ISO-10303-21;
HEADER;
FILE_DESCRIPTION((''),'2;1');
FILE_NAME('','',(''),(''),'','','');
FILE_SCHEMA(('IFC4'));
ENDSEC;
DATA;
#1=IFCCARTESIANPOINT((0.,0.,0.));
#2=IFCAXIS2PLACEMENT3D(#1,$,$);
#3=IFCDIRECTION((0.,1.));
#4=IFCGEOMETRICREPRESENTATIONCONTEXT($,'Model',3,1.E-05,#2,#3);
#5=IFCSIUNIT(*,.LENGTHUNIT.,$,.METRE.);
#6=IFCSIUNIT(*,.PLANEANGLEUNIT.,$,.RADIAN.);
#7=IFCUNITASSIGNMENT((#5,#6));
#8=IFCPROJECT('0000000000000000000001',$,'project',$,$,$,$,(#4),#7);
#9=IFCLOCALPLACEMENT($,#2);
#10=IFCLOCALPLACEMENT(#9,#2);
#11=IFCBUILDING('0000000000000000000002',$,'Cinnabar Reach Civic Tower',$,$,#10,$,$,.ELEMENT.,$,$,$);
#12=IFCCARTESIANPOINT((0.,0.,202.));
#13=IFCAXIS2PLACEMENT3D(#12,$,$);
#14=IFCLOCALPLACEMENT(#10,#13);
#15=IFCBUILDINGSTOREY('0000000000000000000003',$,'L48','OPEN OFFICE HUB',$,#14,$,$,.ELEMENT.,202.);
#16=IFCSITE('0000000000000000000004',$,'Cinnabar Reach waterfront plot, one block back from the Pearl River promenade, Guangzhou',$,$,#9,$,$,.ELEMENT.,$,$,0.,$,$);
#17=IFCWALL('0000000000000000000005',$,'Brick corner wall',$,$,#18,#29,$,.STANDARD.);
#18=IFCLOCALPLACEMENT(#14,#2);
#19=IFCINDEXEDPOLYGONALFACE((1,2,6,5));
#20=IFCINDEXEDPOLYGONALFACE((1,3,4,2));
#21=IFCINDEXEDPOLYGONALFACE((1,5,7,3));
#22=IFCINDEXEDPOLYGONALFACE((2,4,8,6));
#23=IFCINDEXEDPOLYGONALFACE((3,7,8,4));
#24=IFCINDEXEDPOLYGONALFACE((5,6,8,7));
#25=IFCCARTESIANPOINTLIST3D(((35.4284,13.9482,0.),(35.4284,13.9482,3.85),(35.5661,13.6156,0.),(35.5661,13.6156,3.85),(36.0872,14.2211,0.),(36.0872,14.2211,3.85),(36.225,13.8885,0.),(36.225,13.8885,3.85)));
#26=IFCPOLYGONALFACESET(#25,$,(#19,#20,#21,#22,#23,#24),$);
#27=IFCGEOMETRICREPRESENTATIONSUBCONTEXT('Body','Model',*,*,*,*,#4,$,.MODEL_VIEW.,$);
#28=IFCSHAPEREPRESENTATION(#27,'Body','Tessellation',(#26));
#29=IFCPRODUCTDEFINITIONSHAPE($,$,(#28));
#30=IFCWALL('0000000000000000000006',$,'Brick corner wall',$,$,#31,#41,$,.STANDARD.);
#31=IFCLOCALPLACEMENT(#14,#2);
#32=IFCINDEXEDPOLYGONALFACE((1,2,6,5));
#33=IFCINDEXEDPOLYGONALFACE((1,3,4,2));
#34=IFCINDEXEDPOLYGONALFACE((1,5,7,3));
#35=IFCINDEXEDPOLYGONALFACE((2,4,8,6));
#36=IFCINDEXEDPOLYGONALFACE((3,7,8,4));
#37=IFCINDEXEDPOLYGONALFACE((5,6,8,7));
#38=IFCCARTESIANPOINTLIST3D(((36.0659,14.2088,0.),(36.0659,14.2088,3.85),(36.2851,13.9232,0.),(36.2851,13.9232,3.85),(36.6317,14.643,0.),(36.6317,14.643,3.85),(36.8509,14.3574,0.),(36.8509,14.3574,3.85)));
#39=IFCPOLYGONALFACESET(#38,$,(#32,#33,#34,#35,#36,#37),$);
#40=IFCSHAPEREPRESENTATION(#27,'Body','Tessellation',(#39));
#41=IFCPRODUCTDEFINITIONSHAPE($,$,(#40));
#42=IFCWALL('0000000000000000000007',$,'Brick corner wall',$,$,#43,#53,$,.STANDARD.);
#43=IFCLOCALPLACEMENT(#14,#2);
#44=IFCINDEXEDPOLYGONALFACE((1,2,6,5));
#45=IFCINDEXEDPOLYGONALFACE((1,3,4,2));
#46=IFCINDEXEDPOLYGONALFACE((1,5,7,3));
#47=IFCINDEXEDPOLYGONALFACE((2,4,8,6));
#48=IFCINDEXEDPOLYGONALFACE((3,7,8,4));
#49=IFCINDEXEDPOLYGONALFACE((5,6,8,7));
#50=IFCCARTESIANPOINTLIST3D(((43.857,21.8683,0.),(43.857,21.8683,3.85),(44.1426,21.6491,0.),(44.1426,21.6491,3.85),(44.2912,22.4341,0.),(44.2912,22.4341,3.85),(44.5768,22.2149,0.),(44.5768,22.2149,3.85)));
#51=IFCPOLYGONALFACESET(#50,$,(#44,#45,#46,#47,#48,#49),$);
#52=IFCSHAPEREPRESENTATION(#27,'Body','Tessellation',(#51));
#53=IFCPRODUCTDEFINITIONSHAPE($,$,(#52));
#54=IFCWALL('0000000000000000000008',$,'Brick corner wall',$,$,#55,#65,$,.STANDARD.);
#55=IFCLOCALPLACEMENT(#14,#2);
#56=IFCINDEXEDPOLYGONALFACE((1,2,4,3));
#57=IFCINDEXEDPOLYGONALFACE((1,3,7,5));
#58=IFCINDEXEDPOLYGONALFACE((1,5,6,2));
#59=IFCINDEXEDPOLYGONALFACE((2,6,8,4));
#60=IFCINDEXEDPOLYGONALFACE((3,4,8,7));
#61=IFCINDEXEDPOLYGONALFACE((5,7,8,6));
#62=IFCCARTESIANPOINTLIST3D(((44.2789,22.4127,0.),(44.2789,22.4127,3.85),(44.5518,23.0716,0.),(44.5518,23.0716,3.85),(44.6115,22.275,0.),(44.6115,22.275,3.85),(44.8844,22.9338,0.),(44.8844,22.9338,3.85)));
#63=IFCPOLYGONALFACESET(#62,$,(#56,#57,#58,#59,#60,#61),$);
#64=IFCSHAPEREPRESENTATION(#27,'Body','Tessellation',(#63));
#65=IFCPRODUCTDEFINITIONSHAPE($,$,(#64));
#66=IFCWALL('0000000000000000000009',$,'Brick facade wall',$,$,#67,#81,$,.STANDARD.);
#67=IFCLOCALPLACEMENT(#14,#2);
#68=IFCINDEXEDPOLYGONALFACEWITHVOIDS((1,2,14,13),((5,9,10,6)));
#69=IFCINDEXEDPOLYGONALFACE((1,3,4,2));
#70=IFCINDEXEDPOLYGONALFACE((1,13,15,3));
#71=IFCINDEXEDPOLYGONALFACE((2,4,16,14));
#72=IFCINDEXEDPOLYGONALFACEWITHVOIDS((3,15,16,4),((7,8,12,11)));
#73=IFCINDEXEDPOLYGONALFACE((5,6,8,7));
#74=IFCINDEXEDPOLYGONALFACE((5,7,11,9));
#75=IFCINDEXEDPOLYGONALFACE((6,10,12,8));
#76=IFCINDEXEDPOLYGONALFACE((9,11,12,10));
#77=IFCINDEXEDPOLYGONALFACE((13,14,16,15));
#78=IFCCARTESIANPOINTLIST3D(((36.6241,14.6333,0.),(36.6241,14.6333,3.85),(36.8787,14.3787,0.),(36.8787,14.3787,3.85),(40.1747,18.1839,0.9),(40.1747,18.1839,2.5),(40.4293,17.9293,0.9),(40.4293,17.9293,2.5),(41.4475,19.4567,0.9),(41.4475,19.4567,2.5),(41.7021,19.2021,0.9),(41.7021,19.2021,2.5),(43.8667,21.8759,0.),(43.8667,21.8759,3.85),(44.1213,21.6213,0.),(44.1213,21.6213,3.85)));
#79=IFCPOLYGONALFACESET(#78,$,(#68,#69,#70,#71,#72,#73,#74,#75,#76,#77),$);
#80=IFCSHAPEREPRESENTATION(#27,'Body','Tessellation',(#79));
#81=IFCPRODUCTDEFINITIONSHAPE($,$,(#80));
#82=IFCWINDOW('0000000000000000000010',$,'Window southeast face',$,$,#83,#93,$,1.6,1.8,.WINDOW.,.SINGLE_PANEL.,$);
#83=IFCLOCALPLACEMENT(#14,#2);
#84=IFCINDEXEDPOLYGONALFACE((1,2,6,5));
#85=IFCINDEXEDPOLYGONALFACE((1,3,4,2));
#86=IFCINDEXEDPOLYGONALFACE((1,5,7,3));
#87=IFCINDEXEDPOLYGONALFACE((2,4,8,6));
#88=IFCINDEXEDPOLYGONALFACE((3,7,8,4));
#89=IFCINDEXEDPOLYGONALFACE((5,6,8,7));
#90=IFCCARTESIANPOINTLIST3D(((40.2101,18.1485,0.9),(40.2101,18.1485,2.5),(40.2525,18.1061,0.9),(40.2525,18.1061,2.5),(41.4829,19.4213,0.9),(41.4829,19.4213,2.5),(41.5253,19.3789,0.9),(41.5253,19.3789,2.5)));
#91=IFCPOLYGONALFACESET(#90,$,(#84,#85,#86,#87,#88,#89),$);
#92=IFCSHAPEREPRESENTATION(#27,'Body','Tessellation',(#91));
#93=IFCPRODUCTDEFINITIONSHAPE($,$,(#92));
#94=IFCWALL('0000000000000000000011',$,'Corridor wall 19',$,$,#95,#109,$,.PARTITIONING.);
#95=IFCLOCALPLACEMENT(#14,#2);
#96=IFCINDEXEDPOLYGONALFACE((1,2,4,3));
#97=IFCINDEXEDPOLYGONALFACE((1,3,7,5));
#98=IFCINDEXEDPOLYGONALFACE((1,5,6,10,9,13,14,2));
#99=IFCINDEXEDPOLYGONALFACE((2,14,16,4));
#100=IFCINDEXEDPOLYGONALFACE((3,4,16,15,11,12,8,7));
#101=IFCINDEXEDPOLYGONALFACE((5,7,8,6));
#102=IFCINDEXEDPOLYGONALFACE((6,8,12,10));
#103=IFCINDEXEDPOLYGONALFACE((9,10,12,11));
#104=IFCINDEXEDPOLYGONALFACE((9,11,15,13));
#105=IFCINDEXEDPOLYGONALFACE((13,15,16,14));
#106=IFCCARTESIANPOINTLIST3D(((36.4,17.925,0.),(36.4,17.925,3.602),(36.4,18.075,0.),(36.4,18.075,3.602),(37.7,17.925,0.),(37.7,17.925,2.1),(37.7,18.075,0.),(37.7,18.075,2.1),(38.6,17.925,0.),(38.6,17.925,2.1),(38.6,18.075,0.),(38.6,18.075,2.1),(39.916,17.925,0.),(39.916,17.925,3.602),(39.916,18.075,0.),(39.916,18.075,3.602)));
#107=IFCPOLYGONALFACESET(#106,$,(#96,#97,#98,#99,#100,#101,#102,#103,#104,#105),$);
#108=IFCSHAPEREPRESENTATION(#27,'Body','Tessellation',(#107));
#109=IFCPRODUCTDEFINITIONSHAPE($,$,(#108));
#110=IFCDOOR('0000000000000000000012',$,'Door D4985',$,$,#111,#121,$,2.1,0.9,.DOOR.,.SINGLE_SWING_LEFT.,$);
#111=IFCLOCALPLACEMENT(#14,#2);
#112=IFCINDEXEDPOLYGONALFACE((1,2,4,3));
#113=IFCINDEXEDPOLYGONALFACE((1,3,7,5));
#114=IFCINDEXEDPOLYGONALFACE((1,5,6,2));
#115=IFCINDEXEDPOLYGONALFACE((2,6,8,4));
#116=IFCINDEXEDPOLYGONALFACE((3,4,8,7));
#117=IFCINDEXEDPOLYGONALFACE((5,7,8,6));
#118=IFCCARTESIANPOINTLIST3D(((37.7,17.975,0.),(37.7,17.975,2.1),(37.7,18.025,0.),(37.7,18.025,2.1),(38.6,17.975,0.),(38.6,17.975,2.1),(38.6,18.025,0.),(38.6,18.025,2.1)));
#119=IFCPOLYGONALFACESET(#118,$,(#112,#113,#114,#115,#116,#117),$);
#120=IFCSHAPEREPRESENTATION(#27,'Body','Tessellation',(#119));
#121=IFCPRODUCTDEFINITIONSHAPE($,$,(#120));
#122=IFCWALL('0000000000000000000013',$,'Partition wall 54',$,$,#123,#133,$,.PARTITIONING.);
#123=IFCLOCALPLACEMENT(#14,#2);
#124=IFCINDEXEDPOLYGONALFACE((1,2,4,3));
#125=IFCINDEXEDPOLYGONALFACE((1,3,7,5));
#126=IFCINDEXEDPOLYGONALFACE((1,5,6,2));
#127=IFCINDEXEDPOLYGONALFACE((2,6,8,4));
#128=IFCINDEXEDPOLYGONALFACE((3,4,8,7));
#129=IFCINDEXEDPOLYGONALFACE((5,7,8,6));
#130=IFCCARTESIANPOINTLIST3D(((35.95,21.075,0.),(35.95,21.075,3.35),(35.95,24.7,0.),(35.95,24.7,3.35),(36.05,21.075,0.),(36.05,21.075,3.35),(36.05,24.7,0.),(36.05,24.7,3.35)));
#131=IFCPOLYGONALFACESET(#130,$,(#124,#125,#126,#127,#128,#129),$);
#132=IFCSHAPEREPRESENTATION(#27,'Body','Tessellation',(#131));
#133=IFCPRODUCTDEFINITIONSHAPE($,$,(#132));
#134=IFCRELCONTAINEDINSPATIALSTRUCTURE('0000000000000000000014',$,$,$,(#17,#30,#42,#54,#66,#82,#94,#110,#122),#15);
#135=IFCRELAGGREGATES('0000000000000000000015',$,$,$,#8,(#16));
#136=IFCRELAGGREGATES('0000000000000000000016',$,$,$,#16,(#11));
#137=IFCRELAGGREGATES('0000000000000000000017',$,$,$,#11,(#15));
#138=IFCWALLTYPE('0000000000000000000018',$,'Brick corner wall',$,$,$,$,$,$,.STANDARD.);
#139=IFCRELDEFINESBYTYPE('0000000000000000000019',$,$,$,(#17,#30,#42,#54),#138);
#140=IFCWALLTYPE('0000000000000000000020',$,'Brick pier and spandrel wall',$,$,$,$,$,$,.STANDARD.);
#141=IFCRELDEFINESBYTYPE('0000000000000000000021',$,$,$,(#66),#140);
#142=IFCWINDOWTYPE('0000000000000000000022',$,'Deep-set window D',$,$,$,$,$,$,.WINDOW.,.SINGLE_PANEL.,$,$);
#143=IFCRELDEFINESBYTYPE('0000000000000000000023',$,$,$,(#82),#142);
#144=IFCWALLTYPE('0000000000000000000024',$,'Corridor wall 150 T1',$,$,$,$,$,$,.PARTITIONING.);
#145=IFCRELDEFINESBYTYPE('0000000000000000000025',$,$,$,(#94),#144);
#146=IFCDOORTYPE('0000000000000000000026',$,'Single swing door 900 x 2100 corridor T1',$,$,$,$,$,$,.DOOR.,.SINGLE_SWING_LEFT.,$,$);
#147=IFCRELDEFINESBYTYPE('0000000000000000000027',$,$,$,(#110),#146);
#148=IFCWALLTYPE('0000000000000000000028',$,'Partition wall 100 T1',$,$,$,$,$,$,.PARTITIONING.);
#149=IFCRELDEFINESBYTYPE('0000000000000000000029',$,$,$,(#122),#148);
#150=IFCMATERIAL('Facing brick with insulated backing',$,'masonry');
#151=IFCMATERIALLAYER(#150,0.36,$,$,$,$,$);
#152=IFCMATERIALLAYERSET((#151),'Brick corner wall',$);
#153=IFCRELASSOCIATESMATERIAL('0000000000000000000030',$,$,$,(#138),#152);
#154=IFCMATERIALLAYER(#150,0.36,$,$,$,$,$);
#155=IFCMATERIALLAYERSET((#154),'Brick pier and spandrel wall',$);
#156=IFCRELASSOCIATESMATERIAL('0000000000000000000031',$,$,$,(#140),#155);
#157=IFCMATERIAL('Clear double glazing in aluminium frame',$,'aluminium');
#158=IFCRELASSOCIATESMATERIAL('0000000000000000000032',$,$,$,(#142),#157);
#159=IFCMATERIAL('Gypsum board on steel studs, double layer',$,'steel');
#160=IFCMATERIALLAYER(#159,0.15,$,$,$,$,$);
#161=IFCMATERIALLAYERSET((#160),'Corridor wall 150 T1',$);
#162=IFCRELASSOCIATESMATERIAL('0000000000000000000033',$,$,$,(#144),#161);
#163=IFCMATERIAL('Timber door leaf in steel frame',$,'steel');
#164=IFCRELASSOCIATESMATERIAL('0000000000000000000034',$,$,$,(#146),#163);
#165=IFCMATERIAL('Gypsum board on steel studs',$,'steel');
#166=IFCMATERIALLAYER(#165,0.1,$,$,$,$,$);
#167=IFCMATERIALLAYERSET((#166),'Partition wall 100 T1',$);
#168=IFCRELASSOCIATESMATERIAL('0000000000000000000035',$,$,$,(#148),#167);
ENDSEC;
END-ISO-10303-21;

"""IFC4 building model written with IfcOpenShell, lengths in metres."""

from ifc_helpers import new_model, si_unit, direction, frame, frame_2d, origin, place, context, subcontext, project, spatial, rectangle, extrude, material, layer, layer_set, type_object, element, fill, save


model = new_model("IFC4")

# Units and contexts
model_context = context("Model", 3, precision=1e-05, world=origin(), true_north=direction((0.0, 1.0)))
body_context = subcontext(model_context, "Body", "Model", "MODEL_VIEW")
ifc_project = project(units=[si_unit("LENGTHUNIT", "METRE"), si_unit("PLANEANGLEUNIT", "RADIAN")], contexts=[model_context])

# Site, building, storey
site_placement = place(None, origin())
site = spatial("IfcSite", under=ifc_project, at=site_placement, Name="Cinnabar Reach waterfront plot, one block back from the Pearl River promenade, Guangzhou", CompositionType="ELEMENT", RefElevation=0.0)
building_placement = place(site_placement, origin())
building = spatial("IfcBuilding", under=site, at=building_placement, Name="Cinnabar Reach Civic Tower", CompositionType="ELEMENT")
storey_placement = place(building_placement, frame((0.0, 0.0, 202.0)))
storey = spatial("IfcBuildingStorey", under=building, at=storey_placement, Name="L48", Description="OPEN OFFICE HUB", CompositionType="ELEMENT", Elevation=202.0)

# Walls
ifc_material_1 = material(Name="Facing brick with insulated backing", Category="masonry")
ifc_layer_1 = layer(ifc_material_1, 0.36)
ifc_layer_set_1 = layer_set([ifc_layer_1], Name="Brick corner wall")
wall_type_1 = type_object("IfcWallType", Name="Brick corner wall", PredefinedType="STANDARD", material=ifc_layer_set_1)
wall_1_placement = place(storey_placement, frame((35.4973, 13.7819, 0.0), z_axis=(0.0, 0.0, 1.0), x_axis=(0.923872, 0.382703, 0.0)))
element("IfcWall", 1, at=wall_1_placement, inside=storey, type_object=wall_type_1, Name="Brick corner wall", PredefinedType="STANDARD", context=body_context, shape_type="SweptSolid", body=[
    extrude(rectangle(XDim=0.7131, YDim=0.36, at=frame_2d((0.3565, 0.0))), origin(), (0.0, 0.0, 1.0), 3.85),
])
for number, where, z_axis, x_axis, name in (
    (2, (36.1755, 14.066, 0.0), (0.0, 0.0, 1.0), (0.793322, 0.608802, 0.0), "Brick corner wall"),
    (3, (43.9998, 21.7587, 0.0), (0.0, 0.0, 1.0), (0.608802, 0.793322, 0.0), "Brick corner wall"),
):
    element("IfcWall", number, at=place(storey_placement, frame(where, z_axis=z_axis, x_axis=x_axis)), inside=storey, type_object=wall_type_1, Name=name, PredefinedType="STANDARD", context=body_context, shape_type="SweptSolid", body=[
        extrude(rectangle(XDim=0.7132, YDim=0.36, at=frame_2d((0.3566, 0.0))), origin(), (0.0, 0.0, 1.0), 3.85),
    ])
wall_2_placement = place(storey_placement, frame((44.4452, 22.3439, 0.0), z_axis=(0.0, 0.0, 1.0), x_axis=(0.382703, 0.923872, 0.0)))
element("IfcWall", 4, at=wall_2_placement, inside=storey, type_object=wall_type_1, Name="Brick corner wall", PredefinedType="STANDARD", context=body_context, shape_type="SweptSolid", body=[
    extrude(rectangle(XDim=0.7131, YDim=0.36, at=frame_2d((0.3565, 0.0))), origin(), (0.0, 0.0, 1.0), 3.85),
])

# Wall, opening, window
ifc_layer_2 = layer(ifc_material_1, 0.36)
ifc_layer_set_2 = layer_set([ifc_layer_2], Name="Brick pier and spandrel wall")
wall_type_2 = type_object("IfcWallType", Name="Brick pier and spandrel wall", PredefinedType="STANDARD", material=ifc_layer_set_2)
wall_3_placement = place(storey_placement, frame((36.7514, 14.506, 0.0), z_axis=(0.0, 0.0, 1.0), x_axis=(0.707107, 0.707107, 0.0)))
wall_3 = element("IfcWall", 5, at=wall_3_placement, inside=storey, type_object=wall_type_2, Name="Brick facade wall", PredefinedType="STANDARD", context=body_context, shape_type="SweptSolid", body=[
    extrude(rectangle(XDim=10.2426, YDim=0.36, at=frame_2d((5.1213, 0.0))), origin(), (0.0, 0.0, 1.0), 3.85),
])
opening_1_placement = place(wall_3_placement, frame((5.0213, 0.0, 0.9)))
opening_1 = element("IfcOpeningElement", 6, at=opening_1_placement, cuts=wall_3, PredefinedType="OPENING", context=body_context, shape_type="SweptSolid", body=[
    extrude(rectangle(XDim=1.8, YDim=1.6, at=frame_2d((0.9, 0.8))), frame((0.0, 0.19, 0.0), z_axis=(0.0, -1.0, 0.0), x_axis=(1.0, 0.0, 0.0)), (0.0, 0.0, 1.0), 0.38),
])
ifc_material_2 = material(Name="Clear double glazing in aluminium frame", Category="aluminium")
window_type = type_object("IfcWindowType", Name="Deep-set window D", PartitioningType="SINGLE_PANEL", PredefinedType="WINDOW", material=ifc_material_2)
window_placement = place(opening_1_placement, origin())
window = element("IfcWindow", 7, at=window_placement, inside=storey, type_object=window_type, Name="Window southeast face", OverallHeight=1.6, OverallWidth=1.8, PartitioningType="SINGLE_PANEL", PredefinedType="WINDOW", context=body_context, shape_type="SweptSolid", body=[
    extrude(rectangle(XDim=1.8, YDim=1.6, at=frame_2d((0.9, 0.8))), frame((0.0, 0.13, 0.0), z_axis=(0.0, -1.0, 0.0), x_axis=(1.0, 0.0, 0.0)), (0.0, 0.0, 1.0), 0.06),
])
fill(opening_1, window)

# Wall, opening, door
ifc_material_3 = material(Name="Gypsum board on steel studs, double layer", Category="steel")
ifc_layer_3 = layer(ifc_material_3, 0.15)
ifc_layer_set_3 = layer_set([ifc_layer_3], Name="Corridor wall 150 T1")
wall_type_3 = type_object("IfcWallType", Name="Corridor wall 150 T1", PredefinedType="PARTITIONING", material=ifc_layer_set_3)
wall_4_placement = place(storey_placement, frame((36.4, 18.0, 0.0), z_axis=(0.0, 0.0, 1.0), x_axis=(1.0, 0.0, 0.0)))
wall_4 = element("IfcWall", 8, at=wall_4_placement, inside=storey, type_object=wall_type_3, Name="Corridor wall 19", PredefinedType="PARTITIONING", context=body_context, shape_type="SweptSolid", body=[
    extrude(rectangle(XDim=3.516, YDim=0.15, at=frame_2d((1.758, 0.0))), origin(), (0.0, 0.0, 1.0), 3.602),
])
opening_2_placement = place(wall_4_placement, frame((1.3, 0.0, 0.0)))
opening_2 = element("IfcOpeningElement", 9, at=opening_2_placement, cuts=wall_4, PredefinedType="OPENING", context=body_context, shape_type="SweptSolid", body=[
    extrude(rectangle(XDim=0.9, YDim=2.1, at=frame_2d((0.45, 1.05))), frame((0.0, 0.085, 0.0), z_axis=(0.0, -1.0, 0.0), x_axis=(1.0, 0.0, 0.0)), (0.0, 0.0, 1.0), 0.17),
])
ifc_material_4 = material(Name="Timber door leaf in steel frame", Category="steel")
door_type = type_object("IfcDoorType", Name="Single swing door 900 x 2100 corridor T1", OperationType="SINGLE_SWING_LEFT", PredefinedType="DOOR", material=ifc_material_4)
door_placement = place(opening_2_placement, frame((0.9, 0.0, 0.0), z_axis=(0.0, 0.0, 1.0), x_axis=(-1.0, 0.0, 0.0)))
door = element("IfcDoor", 10, at=door_placement, inside=storey, type_object=door_type, Name="Door D4985", OperationType="SINGLE_SWING_LEFT", OverallHeight=2.1, OverallWidth=0.9, PredefinedType="DOOR", context=body_context, shape_type="SweptSolid", body=[
    extrude(rectangle(XDim=0.9, YDim=2.1, at=frame_2d((0.45, 1.05))), frame((0.0, 0.025, 0.0), z_axis=(0.0, -1.0, 0.0), x_axis=(1.0, 0.0, 0.0)), (0.0, 0.0, 1.0), 0.05),
])
fill(opening_2, door)

# Wall
ifc_material_5 = material(Name="Gypsum board on steel studs", Category="steel")
ifc_layer_4 = layer(ifc_material_5, 0.1)
ifc_layer_set_4 = layer_set([ifc_layer_4], Name="Partition wall 100 T1")
wall_type_4 = type_object("IfcWallType", Name="Partition wall 100 T1", PredefinedType="PARTITIONING", material=ifc_layer_set_4)
wall_5_placement = place(storey_placement, frame((36.0, 21.075, 0.0), z_axis=(0.0, 0.0, 1.0), x_axis=(0.0, 1.0, 0.0)))
element("IfcWall", 11, at=wall_5_placement, inside=storey, type_object=wall_type_4, Name="Partition wall 54", PredefinedType="PARTITIONING", context=body_context, shape_type="SweptSolid", body=[
    extrude(rectangle(XDim=3.625, YDim=0.1, at=frame_2d((1.8125, 0.0))), origin(), (0.0, 0.0, 1.0), 3.35),
])

save(model, "model.ifc")
